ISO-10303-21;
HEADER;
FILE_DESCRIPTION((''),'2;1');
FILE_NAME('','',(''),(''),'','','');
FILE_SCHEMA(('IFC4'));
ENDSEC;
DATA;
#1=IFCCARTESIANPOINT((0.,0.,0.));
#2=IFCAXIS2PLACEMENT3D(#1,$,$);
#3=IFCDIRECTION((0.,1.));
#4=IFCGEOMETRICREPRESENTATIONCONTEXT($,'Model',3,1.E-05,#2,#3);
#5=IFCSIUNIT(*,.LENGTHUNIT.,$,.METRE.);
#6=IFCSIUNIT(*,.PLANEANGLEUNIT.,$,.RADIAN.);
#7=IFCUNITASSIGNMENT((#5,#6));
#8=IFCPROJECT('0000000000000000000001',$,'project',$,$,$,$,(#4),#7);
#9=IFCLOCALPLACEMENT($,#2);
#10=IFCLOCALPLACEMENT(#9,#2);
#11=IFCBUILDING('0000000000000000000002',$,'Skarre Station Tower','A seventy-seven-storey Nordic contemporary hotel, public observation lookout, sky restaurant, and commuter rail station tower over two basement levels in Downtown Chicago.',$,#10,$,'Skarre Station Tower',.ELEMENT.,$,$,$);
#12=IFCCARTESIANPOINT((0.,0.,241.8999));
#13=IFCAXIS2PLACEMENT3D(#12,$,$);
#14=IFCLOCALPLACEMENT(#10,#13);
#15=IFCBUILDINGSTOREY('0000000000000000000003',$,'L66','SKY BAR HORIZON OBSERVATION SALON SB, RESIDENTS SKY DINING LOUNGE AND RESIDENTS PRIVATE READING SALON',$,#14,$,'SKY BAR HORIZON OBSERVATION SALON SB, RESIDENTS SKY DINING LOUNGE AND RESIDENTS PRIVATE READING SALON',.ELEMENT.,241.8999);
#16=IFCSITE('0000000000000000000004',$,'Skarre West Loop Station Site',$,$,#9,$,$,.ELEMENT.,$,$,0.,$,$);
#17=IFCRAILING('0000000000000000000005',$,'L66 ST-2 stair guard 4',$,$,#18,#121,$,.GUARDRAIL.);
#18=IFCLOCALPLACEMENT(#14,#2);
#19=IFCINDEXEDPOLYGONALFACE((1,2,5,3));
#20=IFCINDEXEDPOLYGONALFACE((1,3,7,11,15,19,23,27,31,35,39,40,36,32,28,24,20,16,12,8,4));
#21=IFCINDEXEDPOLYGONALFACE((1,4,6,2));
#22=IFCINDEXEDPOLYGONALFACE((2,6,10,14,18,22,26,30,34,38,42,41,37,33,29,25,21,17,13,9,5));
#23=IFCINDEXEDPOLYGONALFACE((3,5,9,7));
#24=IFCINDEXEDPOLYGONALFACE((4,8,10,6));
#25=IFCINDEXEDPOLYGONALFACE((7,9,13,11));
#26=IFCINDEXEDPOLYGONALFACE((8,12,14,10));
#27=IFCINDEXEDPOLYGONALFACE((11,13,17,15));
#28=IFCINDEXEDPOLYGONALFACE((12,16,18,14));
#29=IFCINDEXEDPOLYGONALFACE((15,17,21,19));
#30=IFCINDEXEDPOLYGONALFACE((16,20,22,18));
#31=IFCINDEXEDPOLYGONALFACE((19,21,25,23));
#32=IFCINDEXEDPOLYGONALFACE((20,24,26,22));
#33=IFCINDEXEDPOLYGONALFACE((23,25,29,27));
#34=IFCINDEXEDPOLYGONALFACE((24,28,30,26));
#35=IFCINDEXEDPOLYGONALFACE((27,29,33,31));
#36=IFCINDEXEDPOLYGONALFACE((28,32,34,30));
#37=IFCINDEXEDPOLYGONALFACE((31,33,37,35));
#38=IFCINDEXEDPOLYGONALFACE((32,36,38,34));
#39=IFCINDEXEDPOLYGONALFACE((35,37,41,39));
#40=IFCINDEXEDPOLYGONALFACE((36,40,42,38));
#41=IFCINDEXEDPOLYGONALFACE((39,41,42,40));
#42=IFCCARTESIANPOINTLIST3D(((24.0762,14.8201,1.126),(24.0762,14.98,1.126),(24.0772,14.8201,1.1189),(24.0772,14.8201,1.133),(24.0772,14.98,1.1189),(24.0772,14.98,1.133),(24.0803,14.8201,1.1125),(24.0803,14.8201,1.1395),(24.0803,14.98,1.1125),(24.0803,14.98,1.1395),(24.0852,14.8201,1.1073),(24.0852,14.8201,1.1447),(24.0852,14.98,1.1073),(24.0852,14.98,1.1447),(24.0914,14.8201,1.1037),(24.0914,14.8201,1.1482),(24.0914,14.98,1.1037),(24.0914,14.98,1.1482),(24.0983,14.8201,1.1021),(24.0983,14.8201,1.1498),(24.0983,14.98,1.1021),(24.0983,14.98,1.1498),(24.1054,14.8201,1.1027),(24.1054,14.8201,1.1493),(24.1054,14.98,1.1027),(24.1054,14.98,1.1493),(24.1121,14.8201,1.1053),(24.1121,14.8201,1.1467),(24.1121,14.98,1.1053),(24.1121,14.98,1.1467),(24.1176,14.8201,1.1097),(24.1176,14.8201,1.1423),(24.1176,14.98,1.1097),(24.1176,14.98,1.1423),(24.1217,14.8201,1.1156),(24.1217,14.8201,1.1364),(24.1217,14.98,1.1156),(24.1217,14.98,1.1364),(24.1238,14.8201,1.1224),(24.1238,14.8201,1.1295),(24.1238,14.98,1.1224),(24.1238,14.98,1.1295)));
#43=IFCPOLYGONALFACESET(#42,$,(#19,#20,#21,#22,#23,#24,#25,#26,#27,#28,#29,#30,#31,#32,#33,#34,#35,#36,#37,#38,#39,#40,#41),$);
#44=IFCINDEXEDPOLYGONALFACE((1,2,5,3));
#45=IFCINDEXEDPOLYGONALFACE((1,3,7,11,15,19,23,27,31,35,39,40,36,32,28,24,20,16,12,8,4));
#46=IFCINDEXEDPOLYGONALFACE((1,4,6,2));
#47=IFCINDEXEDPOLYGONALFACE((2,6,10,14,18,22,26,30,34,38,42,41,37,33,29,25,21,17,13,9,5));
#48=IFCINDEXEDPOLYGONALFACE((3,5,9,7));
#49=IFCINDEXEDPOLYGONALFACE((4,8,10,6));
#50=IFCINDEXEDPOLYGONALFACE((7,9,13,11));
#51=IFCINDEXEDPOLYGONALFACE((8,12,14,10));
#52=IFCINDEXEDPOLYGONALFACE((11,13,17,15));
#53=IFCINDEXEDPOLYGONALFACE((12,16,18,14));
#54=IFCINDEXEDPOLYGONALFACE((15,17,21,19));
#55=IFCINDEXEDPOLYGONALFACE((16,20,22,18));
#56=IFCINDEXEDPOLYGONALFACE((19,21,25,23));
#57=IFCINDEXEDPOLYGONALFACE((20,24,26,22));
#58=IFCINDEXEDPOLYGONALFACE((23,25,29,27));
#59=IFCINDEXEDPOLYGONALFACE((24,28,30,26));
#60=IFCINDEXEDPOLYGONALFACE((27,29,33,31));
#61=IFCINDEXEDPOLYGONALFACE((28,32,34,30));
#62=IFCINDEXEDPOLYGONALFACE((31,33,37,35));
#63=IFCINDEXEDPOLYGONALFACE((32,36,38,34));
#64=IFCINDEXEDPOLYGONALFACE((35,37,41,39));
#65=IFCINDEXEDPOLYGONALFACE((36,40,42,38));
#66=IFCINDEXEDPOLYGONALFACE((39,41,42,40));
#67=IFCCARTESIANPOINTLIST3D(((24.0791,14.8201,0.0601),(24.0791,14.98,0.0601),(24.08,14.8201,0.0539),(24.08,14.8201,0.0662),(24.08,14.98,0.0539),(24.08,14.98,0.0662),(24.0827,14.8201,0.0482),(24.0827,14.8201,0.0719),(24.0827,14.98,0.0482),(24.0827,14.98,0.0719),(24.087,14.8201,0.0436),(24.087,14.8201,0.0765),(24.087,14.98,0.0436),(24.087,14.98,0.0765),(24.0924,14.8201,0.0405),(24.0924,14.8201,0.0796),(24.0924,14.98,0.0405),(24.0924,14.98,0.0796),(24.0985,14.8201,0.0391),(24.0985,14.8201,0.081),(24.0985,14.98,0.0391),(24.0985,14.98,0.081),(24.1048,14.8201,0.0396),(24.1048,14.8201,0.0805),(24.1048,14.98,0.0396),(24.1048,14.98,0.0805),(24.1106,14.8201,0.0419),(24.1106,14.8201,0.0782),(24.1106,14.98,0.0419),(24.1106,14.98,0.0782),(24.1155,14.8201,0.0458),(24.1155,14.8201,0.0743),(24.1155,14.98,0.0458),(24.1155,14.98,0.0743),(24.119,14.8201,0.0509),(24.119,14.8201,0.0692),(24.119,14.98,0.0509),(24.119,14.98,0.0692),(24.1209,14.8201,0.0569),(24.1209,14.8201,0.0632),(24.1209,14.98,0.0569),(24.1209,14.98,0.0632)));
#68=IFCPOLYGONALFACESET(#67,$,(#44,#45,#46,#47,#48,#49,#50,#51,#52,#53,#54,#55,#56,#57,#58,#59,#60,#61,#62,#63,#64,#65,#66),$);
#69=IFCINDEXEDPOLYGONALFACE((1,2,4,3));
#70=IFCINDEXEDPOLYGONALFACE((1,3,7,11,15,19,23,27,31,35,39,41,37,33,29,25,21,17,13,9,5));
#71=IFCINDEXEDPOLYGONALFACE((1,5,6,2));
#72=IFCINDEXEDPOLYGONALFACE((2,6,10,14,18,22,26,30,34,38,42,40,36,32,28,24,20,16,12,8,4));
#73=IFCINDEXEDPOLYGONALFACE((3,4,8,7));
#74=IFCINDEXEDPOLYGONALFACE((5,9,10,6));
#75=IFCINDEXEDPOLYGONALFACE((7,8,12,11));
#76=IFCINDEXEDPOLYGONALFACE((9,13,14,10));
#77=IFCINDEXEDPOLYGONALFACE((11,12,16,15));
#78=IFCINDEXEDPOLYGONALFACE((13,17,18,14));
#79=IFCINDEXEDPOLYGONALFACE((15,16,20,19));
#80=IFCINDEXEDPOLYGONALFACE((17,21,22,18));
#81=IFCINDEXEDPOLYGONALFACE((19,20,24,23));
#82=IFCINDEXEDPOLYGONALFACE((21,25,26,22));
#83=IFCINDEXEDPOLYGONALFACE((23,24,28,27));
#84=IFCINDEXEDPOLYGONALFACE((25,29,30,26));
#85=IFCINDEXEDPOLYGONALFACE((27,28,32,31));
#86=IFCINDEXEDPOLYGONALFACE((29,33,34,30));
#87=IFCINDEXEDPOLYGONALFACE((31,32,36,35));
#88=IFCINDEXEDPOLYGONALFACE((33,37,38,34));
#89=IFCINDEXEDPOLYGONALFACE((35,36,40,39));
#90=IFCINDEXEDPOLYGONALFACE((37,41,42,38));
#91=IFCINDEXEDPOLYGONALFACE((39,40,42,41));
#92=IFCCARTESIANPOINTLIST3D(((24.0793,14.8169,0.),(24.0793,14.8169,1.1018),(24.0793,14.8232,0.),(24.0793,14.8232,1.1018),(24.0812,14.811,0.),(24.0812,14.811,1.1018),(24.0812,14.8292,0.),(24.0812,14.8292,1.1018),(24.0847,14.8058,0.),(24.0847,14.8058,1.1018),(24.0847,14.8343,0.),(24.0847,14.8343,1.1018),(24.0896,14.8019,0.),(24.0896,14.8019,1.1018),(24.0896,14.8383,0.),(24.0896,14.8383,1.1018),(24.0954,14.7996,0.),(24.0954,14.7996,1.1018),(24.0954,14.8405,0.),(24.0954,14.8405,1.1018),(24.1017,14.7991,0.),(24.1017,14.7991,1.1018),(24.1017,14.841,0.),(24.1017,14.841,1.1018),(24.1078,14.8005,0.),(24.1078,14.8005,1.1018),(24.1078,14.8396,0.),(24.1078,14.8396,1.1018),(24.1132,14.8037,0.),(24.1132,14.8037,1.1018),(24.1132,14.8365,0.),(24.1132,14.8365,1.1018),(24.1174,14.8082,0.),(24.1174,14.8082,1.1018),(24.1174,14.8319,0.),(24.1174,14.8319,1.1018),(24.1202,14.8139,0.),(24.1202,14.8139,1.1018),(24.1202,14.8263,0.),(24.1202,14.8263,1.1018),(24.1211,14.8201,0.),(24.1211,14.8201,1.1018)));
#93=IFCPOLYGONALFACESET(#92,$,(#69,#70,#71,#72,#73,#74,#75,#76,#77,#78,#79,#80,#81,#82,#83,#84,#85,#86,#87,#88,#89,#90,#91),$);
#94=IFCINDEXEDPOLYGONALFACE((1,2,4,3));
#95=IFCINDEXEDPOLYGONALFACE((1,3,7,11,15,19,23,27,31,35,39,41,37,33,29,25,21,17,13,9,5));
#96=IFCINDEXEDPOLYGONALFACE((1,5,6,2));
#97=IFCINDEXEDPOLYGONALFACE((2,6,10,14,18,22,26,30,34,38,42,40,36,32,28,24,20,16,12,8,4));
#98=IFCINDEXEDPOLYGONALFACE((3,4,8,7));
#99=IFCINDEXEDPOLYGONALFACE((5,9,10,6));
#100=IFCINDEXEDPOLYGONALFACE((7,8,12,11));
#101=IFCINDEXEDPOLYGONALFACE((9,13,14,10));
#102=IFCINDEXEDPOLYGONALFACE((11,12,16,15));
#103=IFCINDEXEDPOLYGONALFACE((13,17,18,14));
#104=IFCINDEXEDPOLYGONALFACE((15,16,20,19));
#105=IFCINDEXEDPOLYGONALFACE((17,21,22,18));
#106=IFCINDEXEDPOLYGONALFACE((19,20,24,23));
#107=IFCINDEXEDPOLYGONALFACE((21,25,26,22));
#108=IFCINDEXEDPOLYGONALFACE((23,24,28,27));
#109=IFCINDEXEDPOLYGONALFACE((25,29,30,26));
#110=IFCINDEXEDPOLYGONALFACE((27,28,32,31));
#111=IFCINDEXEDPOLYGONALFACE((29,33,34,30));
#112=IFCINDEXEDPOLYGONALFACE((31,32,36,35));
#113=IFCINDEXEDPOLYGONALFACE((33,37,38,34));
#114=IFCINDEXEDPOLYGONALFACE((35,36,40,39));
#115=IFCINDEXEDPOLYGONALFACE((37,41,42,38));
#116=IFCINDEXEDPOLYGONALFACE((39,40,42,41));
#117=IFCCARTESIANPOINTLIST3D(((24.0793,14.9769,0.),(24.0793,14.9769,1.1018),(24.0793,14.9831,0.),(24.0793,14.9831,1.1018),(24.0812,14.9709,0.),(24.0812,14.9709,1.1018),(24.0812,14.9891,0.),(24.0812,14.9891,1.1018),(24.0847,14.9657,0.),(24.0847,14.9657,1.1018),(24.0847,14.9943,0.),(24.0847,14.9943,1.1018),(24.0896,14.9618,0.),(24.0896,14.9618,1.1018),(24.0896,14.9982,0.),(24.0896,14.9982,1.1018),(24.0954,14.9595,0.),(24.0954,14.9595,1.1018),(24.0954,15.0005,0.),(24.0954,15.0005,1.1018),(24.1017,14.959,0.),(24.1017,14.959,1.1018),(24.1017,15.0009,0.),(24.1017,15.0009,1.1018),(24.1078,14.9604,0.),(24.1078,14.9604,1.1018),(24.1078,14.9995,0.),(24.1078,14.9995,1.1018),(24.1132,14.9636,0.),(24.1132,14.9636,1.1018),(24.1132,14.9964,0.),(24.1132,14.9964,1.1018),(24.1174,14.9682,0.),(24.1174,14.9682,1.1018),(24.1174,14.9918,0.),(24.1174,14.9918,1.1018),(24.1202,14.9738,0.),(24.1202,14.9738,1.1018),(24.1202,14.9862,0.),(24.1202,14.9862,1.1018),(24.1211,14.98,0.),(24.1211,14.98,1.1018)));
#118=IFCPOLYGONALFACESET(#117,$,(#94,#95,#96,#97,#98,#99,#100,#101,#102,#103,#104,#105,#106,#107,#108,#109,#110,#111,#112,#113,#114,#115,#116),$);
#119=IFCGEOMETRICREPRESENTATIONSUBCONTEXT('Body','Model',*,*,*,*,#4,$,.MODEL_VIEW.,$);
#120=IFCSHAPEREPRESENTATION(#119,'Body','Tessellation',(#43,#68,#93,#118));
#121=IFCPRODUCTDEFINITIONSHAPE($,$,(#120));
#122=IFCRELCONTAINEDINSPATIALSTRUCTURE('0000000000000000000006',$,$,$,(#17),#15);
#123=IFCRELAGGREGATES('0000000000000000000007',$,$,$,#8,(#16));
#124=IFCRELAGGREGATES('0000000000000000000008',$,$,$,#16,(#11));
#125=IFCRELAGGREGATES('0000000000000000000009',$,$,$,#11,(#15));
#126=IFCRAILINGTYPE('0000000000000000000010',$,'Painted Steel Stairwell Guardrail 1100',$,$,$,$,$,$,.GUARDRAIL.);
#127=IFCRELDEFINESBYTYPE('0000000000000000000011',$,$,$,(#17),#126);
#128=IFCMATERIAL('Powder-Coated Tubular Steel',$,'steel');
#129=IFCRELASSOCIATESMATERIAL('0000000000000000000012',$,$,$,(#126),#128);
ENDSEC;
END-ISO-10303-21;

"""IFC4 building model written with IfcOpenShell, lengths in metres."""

from ifc_helpers import new_model, si_unit, direction, frame, origin, origin_2d, place, context, subcontext, project, spatial, circle, extrude, material, type_object, element, save


model = new_model("IFC4")

# Units and contexts
model_context = context("Model", 3, precision=1e-05, world=origin(), true_north=direction((0.0, 1.0)))
body_context = subcontext(model_context, "Body", "Model", "MODEL_VIEW")
ifc_project = project(units=[si_unit("LENGTHUNIT", "METRE"), si_unit("PLANEANGLEUNIT", "RADIAN")], contexts=[model_context])

# Site, building, storey
site_placement = place(None, origin())
site = spatial("IfcSite", under=ifc_project, at=site_placement, Name="Skarre West Loop Station Site", CompositionType="ELEMENT", RefElevation=0.0)
building_placement = place(site_placement, origin())
building = spatial("IfcBuilding", under=site, at=building_placement, Name="Skarre Station Tower", Description="A seventy-seven-storey Nordic contemporary hotel, public observation lookout, sky restaurant, and commuter rail station tower over two basement levels in Downtown Chicago.", LongName="Skarre Station Tower", CompositionType="ELEMENT")
storey_placement = place(building_placement, frame((0.0, 0.0, 241.8999)))
storey = spatial("IfcBuildingStorey", under=building, at=storey_placement, Name="L66", Description="SKY BAR HORIZON OBSERVATION SALON SB, RESIDENTS SKY DINING LOUNGE AND RESIDENTS PRIVATE READING SALON", LongName="SKY BAR HORIZON OBSERVATION SALON SB, RESIDENTS SKY DINING LOUNGE AND RESIDENTS PRIVATE READING SALON", CompositionType="ELEMENT", Elevation=241.8999)

# Railing
ifc_material_1 = material(Name="Powder-Coated Tubular Steel", Category="steel")
railing_type_1 = type_object("IfcRailingType", Name="Painted Steel Stairwell Guardrail 1100", PredefinedType="GUARDRAIL", material=ifc_material_1)
railing_1_placement = place(storey_placement, frame((24.1001, 14.8201, 0.0)))
element("IfcRailing", 1, at=railing_1_placement, inside=storey, type_object=railing_type_1, Name="L66 ST-2 stair guard 4", PredefinedType="GUARDRAIL", context=body_context, shape_type="SweptSolid", body=[
    extrude(circle(Radius=0.0239, at=origin_2d()), frame((0.0, 0.0, 1.126), z_axis=(0.0, 1.0, 0.0), x_axis=(-1.0, 0.0, 0.0)), (0.0, 0.0, 1.0), 0.1599),
    extrude(circle(Radius=0.021, at=origin_2d()), frame((0.0, 0.0, 0.0601), z_axis=(0.0, 1.0, 0.0), x_axis=(-1.0, 0.0, 0.0)), (0.0, 0.0, 1.0), 0.1599),
    extrude(circle(Radius=0.021, at=origin_2d()), origin(), (0.0, 0.0, 1.0), 1.1018),
    extrude(circle(Radius=0.021, at=origin_2d()), frame((0.0, 0.1599, 0.0)), (0.0, 0.0, 1.0), 1.1018),
])

save(model, "model.ifc")
